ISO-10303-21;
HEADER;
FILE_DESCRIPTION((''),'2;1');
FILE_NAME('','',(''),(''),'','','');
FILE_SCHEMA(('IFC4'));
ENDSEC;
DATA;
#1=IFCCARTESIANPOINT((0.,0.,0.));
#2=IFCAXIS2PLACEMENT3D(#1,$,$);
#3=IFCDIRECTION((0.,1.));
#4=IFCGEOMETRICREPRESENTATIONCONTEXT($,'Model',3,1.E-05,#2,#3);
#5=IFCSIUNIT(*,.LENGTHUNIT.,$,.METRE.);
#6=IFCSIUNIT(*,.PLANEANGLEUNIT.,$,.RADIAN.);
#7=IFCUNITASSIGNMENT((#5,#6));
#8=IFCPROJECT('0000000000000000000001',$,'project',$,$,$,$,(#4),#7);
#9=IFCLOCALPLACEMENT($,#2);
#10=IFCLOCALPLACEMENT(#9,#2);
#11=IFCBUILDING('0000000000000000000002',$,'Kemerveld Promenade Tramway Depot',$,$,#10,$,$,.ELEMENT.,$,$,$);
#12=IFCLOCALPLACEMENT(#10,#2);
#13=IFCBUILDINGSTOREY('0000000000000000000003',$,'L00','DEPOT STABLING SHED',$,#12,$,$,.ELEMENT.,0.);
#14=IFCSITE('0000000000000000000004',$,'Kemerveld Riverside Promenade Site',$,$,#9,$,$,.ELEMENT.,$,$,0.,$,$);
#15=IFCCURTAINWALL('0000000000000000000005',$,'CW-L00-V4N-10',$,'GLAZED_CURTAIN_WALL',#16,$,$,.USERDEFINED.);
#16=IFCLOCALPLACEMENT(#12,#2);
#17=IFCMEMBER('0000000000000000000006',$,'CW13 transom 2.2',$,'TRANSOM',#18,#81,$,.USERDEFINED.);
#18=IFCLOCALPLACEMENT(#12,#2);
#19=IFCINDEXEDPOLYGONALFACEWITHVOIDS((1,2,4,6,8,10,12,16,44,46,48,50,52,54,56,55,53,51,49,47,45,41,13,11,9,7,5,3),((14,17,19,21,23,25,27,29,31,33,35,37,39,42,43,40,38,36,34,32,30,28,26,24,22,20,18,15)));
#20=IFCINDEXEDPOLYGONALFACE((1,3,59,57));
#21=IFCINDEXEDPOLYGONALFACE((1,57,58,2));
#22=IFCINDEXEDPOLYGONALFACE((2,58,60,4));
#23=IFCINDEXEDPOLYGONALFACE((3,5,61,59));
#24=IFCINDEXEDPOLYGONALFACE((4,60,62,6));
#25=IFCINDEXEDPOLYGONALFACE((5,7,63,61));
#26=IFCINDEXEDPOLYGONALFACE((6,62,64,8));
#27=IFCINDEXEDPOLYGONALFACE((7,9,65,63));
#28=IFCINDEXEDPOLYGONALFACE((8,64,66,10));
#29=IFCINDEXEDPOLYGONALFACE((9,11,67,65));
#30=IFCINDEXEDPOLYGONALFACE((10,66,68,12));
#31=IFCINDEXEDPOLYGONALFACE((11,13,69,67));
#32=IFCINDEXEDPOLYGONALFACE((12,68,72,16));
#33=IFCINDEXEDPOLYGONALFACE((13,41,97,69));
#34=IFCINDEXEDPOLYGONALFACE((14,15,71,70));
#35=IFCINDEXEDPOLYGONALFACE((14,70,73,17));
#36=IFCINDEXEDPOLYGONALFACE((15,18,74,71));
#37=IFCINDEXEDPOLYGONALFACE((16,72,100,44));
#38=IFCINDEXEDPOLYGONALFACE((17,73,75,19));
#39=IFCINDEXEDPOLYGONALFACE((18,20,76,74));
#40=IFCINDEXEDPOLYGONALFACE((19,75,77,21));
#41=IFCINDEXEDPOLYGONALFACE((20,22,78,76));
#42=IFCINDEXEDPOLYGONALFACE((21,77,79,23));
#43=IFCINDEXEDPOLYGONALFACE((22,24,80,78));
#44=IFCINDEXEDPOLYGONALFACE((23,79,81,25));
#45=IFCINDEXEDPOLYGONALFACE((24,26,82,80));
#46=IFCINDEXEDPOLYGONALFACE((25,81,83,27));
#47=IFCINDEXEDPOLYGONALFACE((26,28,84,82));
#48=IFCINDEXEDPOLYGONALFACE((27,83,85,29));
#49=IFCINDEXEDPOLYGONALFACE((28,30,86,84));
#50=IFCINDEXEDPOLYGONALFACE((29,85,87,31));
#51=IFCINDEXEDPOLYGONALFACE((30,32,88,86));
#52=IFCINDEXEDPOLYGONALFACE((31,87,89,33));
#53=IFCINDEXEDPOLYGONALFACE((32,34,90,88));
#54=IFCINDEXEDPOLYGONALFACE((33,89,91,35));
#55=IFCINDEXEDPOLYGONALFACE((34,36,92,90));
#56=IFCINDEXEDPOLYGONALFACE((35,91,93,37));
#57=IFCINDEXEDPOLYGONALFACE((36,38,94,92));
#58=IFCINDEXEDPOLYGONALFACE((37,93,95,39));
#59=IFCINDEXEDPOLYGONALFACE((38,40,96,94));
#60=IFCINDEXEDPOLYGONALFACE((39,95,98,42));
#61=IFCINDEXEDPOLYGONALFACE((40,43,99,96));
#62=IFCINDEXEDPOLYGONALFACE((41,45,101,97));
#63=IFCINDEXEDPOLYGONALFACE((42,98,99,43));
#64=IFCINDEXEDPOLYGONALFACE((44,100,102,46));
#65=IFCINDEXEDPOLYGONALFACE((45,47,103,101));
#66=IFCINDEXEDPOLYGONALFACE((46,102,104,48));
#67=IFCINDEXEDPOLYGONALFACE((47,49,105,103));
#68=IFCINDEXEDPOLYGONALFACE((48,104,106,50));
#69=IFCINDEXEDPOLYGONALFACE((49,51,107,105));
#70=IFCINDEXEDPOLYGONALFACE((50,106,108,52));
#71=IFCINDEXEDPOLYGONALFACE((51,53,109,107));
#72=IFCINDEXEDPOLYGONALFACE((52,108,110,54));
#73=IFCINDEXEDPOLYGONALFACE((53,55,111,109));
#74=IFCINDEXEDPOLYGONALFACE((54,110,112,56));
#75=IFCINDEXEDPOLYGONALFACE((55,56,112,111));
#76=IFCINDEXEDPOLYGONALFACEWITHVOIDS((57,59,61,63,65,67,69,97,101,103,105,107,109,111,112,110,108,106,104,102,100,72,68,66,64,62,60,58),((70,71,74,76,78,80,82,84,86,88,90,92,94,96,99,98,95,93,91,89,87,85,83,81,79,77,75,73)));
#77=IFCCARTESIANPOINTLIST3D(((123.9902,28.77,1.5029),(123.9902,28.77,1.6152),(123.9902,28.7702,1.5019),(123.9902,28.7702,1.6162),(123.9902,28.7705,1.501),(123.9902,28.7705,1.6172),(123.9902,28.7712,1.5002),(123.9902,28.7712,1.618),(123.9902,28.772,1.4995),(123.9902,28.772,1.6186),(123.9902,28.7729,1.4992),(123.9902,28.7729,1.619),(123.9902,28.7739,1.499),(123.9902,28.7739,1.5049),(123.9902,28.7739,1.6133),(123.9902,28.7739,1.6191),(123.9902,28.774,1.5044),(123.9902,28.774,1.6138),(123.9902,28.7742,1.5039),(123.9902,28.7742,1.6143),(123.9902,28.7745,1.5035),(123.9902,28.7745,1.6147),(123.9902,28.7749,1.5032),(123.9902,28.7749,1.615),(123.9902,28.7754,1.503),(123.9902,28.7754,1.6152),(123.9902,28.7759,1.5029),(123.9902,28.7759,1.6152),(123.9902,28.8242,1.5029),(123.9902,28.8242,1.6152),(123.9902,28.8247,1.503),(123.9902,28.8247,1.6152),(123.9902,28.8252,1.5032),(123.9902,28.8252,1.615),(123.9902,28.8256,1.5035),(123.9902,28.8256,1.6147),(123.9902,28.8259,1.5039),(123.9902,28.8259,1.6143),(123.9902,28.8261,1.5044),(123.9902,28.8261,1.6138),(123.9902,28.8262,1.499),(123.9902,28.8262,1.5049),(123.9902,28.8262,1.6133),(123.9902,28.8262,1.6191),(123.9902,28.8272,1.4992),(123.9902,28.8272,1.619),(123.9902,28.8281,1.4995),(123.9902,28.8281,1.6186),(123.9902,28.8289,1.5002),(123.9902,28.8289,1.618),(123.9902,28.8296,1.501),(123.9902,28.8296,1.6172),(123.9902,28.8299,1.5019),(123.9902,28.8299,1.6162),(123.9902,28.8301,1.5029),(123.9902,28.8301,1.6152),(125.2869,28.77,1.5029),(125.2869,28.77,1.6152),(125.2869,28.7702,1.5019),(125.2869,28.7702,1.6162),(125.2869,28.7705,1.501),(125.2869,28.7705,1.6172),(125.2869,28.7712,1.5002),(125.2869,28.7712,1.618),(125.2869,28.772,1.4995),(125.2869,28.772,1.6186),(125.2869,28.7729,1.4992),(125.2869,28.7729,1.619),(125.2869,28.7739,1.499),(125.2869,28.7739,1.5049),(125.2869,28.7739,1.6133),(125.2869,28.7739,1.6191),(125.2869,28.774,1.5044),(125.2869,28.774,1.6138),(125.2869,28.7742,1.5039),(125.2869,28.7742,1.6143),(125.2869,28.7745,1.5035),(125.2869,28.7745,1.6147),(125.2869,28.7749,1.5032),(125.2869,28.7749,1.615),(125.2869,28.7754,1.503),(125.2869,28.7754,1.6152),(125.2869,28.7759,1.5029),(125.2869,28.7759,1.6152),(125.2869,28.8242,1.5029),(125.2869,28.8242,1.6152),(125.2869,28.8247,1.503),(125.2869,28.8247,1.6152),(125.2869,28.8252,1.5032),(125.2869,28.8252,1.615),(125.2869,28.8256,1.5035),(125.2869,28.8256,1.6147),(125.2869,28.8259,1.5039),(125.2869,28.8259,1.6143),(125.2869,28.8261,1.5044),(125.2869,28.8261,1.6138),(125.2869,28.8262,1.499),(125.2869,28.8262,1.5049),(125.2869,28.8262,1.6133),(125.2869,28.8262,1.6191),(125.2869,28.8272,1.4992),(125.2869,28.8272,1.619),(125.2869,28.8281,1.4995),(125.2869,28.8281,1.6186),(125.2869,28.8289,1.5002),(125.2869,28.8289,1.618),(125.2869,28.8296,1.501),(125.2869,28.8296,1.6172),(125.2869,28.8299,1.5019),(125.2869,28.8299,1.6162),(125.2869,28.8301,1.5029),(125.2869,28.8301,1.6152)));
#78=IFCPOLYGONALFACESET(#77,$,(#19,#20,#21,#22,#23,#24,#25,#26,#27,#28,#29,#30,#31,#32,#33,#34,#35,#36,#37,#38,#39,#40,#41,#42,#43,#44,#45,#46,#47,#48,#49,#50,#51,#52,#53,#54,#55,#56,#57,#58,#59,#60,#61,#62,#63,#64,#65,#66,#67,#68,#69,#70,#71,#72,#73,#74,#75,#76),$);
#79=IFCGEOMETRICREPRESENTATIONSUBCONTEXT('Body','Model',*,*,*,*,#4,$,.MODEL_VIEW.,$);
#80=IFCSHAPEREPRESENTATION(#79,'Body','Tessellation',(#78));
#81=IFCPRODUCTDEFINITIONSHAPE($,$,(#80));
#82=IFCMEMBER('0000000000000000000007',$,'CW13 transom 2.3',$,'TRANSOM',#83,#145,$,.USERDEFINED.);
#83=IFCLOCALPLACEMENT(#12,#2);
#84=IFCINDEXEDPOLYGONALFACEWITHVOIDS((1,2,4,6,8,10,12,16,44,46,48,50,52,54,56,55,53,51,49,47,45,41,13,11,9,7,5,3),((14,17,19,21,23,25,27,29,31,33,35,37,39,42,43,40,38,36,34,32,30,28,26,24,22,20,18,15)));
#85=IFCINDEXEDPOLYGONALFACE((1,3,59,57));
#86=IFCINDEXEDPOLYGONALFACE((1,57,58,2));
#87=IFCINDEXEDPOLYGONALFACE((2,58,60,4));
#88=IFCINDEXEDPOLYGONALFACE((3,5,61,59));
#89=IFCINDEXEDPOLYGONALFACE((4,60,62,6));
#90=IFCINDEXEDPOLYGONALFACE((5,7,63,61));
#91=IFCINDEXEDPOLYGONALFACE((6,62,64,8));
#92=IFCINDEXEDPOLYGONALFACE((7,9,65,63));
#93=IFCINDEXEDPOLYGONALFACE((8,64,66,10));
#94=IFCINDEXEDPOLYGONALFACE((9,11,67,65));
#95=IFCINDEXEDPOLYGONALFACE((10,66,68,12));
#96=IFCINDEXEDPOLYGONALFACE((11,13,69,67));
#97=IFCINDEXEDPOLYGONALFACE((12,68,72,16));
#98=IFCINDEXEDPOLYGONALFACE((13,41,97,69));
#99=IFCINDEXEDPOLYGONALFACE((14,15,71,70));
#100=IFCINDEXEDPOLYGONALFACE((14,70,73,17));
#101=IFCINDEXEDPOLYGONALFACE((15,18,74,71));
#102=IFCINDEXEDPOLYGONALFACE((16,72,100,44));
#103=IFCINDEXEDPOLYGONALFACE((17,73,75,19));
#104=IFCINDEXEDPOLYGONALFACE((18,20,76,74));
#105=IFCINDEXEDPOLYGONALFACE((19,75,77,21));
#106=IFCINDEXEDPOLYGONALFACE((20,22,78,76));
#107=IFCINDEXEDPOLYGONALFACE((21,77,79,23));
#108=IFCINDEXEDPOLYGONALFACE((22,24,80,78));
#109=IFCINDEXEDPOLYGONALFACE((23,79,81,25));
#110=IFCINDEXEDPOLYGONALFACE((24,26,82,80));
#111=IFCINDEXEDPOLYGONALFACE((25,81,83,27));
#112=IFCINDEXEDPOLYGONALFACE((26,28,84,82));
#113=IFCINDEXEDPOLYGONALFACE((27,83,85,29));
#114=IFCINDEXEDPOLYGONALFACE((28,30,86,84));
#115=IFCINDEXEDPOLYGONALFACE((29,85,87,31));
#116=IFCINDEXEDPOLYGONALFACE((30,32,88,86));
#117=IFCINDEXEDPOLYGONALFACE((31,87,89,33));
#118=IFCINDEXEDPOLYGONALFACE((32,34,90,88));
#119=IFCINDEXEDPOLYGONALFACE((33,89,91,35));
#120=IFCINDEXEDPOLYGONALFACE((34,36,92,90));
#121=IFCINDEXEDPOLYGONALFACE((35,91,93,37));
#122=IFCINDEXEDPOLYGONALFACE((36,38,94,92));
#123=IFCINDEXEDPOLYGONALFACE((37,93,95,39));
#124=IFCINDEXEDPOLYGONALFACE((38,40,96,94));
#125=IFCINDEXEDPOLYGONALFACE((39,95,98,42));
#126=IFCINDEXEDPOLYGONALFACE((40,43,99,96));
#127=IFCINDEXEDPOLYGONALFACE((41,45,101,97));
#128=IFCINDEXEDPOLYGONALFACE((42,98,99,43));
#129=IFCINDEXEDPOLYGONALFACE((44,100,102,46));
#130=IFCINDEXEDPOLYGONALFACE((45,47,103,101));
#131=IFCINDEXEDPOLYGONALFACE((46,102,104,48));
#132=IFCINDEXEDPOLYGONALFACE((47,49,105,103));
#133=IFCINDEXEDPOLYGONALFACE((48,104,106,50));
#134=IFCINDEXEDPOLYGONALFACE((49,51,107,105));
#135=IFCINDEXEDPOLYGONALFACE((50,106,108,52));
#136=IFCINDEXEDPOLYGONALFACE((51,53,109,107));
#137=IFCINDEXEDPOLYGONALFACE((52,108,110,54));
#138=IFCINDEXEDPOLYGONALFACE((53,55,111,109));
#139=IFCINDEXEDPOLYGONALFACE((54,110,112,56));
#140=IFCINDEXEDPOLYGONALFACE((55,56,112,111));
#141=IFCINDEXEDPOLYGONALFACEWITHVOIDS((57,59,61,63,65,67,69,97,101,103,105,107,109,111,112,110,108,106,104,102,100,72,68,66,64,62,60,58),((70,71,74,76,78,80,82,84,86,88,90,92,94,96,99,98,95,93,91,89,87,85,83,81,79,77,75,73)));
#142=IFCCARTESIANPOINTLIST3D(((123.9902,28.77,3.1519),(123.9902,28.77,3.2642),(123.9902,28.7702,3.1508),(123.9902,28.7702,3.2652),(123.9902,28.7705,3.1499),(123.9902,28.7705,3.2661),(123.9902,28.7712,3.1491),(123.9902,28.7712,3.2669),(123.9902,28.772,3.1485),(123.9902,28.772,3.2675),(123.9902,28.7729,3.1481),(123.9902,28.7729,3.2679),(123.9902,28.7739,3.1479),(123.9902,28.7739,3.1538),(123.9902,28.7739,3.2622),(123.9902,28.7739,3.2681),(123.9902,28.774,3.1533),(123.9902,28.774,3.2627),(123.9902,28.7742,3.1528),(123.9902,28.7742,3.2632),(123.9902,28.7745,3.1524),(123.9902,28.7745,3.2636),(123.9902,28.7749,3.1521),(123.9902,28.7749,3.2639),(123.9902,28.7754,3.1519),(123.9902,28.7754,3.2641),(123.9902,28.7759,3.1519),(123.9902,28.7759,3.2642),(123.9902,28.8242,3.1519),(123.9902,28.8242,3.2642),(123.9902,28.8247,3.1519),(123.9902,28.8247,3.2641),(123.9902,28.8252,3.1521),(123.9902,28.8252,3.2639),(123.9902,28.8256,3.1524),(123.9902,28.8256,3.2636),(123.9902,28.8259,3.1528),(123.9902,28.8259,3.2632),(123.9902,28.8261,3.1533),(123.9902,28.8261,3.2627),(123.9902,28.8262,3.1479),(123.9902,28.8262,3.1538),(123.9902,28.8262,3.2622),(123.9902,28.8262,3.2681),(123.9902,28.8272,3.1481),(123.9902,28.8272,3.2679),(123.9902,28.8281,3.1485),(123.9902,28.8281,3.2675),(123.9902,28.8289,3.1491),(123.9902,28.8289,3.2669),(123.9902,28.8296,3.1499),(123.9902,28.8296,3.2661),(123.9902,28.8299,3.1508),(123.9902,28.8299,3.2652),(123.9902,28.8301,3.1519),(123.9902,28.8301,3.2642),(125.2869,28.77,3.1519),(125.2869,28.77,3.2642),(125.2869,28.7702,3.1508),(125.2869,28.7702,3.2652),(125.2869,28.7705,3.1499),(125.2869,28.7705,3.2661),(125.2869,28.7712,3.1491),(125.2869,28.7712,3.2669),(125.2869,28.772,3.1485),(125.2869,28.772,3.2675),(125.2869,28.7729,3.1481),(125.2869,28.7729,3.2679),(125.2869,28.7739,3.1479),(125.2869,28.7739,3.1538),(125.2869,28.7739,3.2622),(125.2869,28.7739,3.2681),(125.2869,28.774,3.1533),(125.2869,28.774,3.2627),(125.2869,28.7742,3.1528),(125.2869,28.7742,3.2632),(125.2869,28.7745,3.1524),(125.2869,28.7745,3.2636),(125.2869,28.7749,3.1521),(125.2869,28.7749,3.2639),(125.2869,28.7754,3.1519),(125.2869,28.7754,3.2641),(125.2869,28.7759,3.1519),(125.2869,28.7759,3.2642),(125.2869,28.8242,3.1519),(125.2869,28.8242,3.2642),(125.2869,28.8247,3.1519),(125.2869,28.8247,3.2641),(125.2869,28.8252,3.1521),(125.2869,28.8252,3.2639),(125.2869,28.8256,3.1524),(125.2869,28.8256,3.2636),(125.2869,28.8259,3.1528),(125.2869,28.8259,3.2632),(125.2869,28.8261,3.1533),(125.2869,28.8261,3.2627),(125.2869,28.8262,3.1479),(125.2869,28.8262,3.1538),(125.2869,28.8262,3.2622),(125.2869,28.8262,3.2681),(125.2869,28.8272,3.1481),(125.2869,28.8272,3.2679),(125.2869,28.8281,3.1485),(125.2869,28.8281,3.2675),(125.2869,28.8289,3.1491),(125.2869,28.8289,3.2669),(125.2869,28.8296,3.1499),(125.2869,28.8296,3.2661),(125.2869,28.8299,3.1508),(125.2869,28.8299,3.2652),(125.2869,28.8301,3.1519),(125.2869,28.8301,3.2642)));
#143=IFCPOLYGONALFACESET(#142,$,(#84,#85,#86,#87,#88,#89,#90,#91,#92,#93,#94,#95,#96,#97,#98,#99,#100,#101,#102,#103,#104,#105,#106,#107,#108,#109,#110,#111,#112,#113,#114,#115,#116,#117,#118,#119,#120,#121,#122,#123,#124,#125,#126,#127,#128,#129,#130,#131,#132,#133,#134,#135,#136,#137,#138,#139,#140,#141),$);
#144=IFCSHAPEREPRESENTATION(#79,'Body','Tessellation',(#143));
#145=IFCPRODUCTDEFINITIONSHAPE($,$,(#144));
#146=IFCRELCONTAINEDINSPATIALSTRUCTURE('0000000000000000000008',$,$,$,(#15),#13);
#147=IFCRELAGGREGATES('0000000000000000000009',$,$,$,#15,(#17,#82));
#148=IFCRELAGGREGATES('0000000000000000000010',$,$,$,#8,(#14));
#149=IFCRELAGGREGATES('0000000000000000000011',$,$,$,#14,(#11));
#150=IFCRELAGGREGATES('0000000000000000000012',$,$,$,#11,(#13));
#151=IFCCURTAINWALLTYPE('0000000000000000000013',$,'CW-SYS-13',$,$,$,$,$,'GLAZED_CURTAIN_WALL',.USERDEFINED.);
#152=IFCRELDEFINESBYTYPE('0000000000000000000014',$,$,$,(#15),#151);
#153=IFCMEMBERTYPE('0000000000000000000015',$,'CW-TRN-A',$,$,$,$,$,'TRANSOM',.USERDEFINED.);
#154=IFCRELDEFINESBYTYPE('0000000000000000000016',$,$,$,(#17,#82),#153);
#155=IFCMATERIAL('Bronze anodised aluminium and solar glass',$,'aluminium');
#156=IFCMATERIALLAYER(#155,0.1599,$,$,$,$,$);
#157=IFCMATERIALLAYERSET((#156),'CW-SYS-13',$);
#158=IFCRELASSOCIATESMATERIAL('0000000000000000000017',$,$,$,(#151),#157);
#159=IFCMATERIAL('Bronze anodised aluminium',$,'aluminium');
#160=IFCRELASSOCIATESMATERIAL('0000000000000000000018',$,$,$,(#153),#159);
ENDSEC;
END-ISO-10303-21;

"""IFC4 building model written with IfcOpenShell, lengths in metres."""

from ifc_helpers import new_model, si_unit, direction, frame, origin, origin_2d, place, context, subcontext, project, spatial, hollow_rectangle, extrude, material, layer, layer_set, material_profile, profile_set, type_object, element, aggregate, save


model = new_model("IFC4")

# Units and contexts
model_context = context("Model", 3, precision=1e-05, world=origin(), true_north=direction((0.0, 1.0)))
body_context = subcontext(model_context, "Body", "Model", "MODEL_VIEW")
ifc_project = project(units=[si_unit("LENGTHUNIT", "METRE"), si_unit("PLANEANGLEUNIT", "RADIAN")], contexts=[model_context])

# Site, building, storey
site_placement = place(None, origin())
site = spatial("IfcSite", under=ifc_project, at=site_placement, Name="Kemerveld Riverside Promenade Site", CompositionType="ELEMENT", RefElevation=0.0)
building_placement = place(site_placement, origin())
building = spatial("IfcBuilding", under=site, at=building_placement, Name="Kemerveld Promenade Tramway Depot", CompositionType="ELEMENT")
storey_placement = place(building_placement, origin())
storey = spatial("IfcBuildingStorey", under=building, at=storey_placement, Name="L00", Description="DEPOT STABLING SHED", CompositionType="ELEMENT", Elevation=0.0)

# Curtain wall, members
ifc_material_1 = material(Name="Bronze anodised aluminium and solar glass", Category="aluminium")
ifc_layer_1 = layer(ifc_material_1, 0.1599)
ifc_layer_set_1 = layer_set([ifc_layer_1], Name="CW-SYS-13")
curtain_wall_type = type_object("IfcCurtainWallType", Name="CW-SYS-13", ElementType="GLAZED_CURTAIN_WALL", PredefinedType="USERDEFINED", material=ifc_layer_set_1)
curtain_wall_placement = place(storey_placement, origin())
curtain_wall = element("IfcCurtainWall", 1, at=curtain_wall_placement, inside=storey, type_object=curtain_wall_type, Name="CW-L00-V4N-10", ObjectType="GLAZED_CURTAIN_WALL", PredefinedType="USERDEFINED")
ifc_material_2 = material(Name="Bronze anodised aluminium", Category="aluminium")
ifc_material_profile_1 = material_profile(ifc_material_2, hollow_rectangle(XDim=0.0601, YDim=0.1201, WallThickness=0.0039, InnerFilletRadius=0.002, OuterFilletRadius=0.0039, at=origin_2d()), Name="CW-TRN-120x60")
ifc_profile_set_1 = profile_set([ifc_material_profile_1], Name="Bronze anodised aluminium")
member_type_1 = type_object("IfcMemberType", Name="CW-TRN-A", ElementType="TRANSOM", PredefinedType="USERDEFINED", material=ifc_profile_set_1)
member_1_placement = place(storey_placement, frame((123.9902, 28.8, 1.5591), z_axis=(1.0, 0.0, 0.0), x_axis=(0.0, 1.0, 0.0)))
member_1 = element("IfcMember", 2, at=member_1_placement, type_object=member_type_1, Name="CW13 transom 2.2", ObjectType="TRANSOM", PredefinedType="USERDEFINED", context=body_context, shape_type="SweptSolid", body=[
    extrude(hollow_rectangle(XDim=0.0601, YDim=0.1201, WallThickness=0.0039, InnerFilletRadius=0.002, OuterFilletRadius=0.0039, at=origin_2d()), origin(), (0.0, 0.0, 1.0), 1.2966),
])
member_2_placement = place(storey_placement, frame((123.9902, 28.8, 3.208), z_axis=(1.0, 0.0, 0.0), x_axis=(0.0, 1.0, 0.0)))
member_2 = element("IfcMember", 3, at=member_2_placement, type_object=member_type_1, Name="CW13 transom 2.3", ObjectType="TRANSOM", PredefinedType="USERDEFINED", context=body_context, shape_type="SweptSolid", body=[
    extrude(hollow_rectangle(XDim=0.0601, YDim=0.1201, WallThickness=0.0039, InnerFilletRadius=0.002, OuterFilletRadius=0.0039, at=origin_2d()), origin(), (0.0, 0.0, 1.0), 1.2966),
])
aggregate(curtain_wall, [member_1, member_2])

save(model, "model.ifc")
